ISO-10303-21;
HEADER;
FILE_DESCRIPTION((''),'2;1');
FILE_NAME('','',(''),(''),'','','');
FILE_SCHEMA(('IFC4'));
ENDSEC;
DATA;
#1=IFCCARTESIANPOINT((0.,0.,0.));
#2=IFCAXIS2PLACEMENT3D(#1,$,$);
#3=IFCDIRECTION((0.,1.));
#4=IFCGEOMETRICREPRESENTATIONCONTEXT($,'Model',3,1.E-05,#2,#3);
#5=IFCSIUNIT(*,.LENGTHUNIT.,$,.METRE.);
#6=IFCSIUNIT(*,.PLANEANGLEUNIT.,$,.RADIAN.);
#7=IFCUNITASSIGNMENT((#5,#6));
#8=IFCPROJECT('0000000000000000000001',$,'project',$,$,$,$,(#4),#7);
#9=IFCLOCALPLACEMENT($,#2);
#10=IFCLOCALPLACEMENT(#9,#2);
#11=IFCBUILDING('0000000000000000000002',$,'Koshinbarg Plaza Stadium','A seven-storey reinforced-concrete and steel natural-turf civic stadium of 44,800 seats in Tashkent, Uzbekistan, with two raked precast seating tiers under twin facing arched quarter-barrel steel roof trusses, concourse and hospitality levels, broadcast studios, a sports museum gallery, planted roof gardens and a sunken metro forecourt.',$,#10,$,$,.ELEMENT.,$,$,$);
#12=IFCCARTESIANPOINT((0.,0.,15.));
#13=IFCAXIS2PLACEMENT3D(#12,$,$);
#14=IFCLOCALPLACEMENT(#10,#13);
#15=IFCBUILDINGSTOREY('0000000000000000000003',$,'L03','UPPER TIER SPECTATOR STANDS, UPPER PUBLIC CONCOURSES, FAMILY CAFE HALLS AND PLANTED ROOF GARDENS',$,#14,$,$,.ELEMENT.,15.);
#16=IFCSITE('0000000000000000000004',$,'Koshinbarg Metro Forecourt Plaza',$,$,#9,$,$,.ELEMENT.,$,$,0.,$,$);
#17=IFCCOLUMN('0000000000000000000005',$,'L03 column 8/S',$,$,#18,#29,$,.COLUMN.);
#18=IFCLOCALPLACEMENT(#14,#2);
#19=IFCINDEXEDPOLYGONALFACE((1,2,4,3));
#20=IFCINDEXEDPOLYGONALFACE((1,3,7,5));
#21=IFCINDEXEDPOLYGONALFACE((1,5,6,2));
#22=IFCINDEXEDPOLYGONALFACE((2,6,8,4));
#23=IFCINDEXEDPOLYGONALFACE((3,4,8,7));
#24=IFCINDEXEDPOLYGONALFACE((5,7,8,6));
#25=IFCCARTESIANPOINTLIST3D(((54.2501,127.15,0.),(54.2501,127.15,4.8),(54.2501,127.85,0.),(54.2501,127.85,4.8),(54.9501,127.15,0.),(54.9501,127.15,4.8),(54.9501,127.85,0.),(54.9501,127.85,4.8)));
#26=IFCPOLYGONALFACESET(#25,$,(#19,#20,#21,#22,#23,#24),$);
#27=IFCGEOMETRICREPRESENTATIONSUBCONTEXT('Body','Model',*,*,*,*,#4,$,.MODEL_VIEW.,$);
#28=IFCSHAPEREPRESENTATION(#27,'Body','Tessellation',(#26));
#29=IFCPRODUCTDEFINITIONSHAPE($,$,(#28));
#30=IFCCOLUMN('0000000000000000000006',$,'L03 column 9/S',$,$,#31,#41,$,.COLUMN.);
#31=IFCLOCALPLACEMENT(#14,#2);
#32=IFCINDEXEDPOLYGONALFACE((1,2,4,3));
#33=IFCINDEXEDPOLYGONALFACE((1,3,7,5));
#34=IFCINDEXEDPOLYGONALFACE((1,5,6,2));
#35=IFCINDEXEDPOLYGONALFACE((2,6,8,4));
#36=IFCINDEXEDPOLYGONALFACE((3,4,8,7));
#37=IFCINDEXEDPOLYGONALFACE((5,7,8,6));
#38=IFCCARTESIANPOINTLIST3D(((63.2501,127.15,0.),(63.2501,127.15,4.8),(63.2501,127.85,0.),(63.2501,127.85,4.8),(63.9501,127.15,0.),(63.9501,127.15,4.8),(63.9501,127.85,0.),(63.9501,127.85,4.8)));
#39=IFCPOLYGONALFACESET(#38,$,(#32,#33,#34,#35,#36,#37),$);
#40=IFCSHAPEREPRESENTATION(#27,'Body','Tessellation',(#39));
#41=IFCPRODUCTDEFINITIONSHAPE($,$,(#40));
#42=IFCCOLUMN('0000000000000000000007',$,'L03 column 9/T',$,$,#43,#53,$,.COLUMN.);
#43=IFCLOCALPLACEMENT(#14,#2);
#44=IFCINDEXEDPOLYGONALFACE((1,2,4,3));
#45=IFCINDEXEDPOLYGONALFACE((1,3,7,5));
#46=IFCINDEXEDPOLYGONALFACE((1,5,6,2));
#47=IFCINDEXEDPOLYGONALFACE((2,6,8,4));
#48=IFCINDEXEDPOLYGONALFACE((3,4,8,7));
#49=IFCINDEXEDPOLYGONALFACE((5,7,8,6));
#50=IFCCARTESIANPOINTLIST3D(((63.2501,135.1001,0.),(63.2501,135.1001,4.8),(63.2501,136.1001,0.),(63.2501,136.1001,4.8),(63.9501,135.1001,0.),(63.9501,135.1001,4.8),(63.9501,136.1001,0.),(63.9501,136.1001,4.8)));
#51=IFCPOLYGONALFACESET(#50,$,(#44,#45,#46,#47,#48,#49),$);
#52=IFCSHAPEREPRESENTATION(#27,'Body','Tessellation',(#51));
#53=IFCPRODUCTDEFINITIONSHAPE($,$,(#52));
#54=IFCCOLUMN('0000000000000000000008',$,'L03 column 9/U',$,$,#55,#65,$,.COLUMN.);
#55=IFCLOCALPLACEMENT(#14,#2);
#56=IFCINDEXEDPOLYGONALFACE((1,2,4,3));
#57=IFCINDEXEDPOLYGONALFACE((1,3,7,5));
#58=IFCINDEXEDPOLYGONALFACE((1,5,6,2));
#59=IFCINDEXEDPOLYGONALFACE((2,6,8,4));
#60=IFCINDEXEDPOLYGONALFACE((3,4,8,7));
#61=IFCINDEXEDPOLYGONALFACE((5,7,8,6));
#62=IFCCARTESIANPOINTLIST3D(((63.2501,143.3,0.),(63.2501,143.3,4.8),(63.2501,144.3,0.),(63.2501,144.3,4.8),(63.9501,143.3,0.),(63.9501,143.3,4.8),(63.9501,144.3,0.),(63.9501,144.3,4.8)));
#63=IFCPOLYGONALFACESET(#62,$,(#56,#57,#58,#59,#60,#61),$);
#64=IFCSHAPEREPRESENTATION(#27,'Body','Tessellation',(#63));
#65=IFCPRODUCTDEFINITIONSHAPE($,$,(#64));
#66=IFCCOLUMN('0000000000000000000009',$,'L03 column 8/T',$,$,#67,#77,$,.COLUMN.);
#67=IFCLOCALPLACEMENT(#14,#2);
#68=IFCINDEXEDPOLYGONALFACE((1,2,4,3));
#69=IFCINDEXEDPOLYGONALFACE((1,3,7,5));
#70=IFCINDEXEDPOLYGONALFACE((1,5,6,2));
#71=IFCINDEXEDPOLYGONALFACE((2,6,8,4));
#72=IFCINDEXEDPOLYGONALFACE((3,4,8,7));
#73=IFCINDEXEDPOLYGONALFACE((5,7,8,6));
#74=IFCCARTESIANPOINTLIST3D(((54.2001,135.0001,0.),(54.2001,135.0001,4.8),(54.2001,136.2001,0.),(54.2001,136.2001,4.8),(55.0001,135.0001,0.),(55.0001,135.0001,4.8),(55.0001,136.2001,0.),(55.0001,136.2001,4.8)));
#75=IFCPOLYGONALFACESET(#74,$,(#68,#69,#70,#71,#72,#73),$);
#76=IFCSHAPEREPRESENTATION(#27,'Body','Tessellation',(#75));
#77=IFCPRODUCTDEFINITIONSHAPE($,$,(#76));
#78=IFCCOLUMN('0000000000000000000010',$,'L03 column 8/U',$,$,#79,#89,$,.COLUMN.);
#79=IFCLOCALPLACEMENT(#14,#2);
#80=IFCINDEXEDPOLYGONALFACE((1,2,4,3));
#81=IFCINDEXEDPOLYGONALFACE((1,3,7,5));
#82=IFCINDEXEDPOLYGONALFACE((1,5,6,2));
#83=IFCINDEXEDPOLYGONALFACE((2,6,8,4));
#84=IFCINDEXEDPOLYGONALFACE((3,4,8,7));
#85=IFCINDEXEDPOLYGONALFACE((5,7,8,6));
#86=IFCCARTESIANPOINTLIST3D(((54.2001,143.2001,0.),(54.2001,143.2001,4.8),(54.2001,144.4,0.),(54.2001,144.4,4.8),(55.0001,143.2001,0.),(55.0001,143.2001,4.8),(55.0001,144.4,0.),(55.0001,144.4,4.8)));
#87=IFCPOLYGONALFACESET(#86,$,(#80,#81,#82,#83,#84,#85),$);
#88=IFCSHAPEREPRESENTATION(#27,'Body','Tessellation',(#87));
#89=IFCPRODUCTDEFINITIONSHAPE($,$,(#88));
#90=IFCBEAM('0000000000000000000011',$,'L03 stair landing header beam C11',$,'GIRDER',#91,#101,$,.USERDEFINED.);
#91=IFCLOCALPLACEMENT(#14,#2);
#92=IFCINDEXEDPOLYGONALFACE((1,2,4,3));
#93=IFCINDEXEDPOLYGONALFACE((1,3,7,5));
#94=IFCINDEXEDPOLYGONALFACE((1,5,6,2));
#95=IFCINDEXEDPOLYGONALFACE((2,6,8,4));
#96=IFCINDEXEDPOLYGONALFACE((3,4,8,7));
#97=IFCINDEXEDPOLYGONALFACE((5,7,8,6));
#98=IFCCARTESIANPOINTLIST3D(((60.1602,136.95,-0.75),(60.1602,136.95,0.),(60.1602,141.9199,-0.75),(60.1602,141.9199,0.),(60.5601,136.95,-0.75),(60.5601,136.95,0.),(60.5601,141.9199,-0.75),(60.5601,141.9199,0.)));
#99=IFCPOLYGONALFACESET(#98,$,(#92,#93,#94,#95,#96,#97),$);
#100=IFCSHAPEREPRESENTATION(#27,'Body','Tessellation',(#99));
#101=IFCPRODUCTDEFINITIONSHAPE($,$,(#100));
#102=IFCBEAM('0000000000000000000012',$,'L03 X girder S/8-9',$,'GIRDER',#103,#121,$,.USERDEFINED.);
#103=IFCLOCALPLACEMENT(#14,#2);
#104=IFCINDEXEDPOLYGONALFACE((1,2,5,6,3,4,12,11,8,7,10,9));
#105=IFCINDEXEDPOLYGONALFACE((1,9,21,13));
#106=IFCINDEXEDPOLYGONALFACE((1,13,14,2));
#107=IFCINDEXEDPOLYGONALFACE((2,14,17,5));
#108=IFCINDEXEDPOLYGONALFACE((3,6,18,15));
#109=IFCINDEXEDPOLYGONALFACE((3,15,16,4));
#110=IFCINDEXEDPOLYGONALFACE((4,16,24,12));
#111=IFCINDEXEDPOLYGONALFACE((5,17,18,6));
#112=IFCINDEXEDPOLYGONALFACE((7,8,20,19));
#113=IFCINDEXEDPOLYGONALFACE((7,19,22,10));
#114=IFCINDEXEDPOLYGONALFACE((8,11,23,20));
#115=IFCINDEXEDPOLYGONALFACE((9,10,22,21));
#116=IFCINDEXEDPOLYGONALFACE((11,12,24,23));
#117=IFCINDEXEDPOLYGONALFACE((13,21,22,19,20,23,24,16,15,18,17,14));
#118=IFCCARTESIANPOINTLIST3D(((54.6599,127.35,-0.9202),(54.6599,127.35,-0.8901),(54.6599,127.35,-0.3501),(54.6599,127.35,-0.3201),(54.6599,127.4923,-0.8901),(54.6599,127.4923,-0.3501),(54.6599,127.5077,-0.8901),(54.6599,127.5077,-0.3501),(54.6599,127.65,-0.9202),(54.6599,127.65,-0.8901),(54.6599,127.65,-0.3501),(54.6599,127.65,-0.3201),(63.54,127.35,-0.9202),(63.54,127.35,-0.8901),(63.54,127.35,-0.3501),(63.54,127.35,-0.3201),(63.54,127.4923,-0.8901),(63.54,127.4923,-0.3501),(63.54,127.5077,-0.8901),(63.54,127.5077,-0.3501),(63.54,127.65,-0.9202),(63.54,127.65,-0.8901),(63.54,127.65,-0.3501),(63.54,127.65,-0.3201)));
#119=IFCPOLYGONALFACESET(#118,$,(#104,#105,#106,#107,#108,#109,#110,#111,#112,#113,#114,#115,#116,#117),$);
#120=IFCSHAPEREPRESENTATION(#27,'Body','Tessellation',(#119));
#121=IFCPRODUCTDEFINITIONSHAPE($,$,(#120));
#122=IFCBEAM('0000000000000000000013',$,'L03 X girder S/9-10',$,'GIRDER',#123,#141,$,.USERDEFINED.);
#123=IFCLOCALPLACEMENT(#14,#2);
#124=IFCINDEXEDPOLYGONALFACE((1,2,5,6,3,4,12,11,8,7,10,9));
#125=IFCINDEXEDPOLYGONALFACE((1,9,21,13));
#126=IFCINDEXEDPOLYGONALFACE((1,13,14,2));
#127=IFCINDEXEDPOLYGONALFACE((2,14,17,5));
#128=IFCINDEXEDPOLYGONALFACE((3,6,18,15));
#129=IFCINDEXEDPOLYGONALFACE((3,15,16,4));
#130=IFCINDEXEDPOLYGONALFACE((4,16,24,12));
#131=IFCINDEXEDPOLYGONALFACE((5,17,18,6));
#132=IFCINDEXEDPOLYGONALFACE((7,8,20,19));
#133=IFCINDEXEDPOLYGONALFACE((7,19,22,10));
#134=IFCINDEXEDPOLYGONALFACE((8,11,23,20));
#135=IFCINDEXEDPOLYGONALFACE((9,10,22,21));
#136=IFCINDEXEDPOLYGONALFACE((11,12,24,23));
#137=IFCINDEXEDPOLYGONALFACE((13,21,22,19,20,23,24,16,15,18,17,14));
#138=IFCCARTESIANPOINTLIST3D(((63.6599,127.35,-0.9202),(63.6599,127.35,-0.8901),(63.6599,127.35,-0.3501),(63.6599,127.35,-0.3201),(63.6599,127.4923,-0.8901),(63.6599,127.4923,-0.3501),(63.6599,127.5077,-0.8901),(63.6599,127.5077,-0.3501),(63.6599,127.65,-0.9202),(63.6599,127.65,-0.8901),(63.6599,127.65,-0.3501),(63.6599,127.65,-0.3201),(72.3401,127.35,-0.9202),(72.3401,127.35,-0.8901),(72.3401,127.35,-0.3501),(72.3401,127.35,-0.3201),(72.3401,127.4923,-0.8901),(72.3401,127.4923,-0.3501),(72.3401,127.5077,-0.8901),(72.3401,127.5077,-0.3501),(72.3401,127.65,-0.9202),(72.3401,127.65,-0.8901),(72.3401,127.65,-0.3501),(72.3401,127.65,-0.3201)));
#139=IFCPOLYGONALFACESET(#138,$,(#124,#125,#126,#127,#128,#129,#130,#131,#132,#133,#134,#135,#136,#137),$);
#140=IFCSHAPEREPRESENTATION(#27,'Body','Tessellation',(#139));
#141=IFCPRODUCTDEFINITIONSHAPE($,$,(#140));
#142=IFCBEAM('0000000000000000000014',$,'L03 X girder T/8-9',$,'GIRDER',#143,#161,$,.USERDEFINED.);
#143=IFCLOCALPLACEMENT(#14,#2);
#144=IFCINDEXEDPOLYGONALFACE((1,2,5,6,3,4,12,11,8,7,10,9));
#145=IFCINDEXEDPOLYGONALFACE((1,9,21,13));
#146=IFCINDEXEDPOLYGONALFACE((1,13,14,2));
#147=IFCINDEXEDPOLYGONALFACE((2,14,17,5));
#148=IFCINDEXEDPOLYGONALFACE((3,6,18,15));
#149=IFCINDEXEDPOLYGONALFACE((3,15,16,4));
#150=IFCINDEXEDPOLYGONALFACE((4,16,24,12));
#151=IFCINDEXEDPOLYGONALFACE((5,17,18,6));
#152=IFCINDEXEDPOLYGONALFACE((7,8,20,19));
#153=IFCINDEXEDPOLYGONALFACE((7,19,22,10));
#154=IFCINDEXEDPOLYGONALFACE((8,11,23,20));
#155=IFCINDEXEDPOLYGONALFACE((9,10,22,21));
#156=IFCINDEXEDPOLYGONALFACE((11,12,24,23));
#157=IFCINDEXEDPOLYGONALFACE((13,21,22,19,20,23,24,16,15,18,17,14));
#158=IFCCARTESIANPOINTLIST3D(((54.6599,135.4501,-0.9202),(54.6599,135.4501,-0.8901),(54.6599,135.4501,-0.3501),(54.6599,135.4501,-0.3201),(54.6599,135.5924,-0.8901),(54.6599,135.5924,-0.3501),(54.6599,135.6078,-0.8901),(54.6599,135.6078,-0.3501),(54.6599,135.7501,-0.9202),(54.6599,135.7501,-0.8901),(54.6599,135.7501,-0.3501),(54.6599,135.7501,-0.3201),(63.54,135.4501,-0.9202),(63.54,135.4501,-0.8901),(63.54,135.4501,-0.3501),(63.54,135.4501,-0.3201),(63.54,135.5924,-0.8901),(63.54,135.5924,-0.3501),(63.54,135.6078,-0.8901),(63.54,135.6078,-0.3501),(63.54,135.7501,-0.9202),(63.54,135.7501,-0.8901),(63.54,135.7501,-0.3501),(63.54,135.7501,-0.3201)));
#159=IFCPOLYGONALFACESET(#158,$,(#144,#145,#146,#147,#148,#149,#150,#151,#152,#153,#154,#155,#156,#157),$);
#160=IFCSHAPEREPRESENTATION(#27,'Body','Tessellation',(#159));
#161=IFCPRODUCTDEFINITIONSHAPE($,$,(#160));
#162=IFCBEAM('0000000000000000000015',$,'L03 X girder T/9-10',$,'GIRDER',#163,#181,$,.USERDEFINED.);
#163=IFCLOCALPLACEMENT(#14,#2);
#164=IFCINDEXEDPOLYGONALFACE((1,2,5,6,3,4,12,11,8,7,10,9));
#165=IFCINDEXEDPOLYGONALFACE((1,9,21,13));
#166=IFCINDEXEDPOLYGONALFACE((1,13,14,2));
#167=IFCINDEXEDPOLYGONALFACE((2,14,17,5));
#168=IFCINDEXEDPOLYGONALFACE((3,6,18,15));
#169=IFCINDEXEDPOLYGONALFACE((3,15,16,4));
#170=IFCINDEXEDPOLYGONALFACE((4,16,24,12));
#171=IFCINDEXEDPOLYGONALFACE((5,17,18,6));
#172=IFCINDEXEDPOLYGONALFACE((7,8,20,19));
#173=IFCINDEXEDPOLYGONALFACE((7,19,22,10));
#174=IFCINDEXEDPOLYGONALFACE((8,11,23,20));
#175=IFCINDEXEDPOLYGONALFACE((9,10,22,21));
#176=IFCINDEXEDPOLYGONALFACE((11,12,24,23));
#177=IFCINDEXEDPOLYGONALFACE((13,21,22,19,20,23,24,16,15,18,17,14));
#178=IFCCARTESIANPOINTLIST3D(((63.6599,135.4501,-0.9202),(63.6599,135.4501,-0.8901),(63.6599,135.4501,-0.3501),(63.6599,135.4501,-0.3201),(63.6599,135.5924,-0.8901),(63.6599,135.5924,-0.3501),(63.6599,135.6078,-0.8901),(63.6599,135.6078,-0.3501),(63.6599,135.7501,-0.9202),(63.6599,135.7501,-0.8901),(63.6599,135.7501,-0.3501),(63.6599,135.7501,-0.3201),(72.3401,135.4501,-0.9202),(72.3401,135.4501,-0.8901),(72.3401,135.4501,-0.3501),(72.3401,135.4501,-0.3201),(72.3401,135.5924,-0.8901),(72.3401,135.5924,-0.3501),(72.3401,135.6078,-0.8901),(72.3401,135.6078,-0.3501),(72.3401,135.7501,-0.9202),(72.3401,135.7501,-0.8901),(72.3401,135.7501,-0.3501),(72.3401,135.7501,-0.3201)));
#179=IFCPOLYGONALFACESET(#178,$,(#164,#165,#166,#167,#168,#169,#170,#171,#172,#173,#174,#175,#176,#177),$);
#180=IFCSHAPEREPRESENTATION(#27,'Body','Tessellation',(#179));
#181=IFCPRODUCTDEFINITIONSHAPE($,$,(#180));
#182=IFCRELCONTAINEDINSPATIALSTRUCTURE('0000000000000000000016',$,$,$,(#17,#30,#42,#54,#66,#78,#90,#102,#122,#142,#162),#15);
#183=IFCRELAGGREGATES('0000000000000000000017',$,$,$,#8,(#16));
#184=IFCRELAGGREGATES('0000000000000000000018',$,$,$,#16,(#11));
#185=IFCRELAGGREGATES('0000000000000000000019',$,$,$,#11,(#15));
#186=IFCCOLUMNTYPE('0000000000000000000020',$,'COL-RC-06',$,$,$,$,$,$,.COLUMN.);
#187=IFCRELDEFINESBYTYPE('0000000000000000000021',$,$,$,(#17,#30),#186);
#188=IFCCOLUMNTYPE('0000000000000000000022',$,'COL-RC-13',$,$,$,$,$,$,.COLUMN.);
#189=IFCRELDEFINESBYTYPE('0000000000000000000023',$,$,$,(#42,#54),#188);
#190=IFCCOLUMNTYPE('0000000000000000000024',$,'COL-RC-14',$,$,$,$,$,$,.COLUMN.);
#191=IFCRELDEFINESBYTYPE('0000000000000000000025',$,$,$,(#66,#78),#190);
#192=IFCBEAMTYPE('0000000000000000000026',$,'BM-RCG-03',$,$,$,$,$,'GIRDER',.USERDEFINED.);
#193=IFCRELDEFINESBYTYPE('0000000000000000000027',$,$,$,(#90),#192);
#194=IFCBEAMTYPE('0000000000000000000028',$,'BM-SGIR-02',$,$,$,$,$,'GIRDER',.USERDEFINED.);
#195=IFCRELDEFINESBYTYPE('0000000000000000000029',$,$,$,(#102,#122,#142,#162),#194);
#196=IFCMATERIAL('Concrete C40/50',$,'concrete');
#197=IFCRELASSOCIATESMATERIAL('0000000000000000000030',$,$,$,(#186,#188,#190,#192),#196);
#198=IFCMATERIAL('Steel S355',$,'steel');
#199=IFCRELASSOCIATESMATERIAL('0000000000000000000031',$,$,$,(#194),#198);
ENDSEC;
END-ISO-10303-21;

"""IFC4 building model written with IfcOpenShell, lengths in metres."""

from ifc_helpers import new_model, si_unit, direction, frame, origin, origin_2d, place, context, subcontext, project, spatial, rectangle, i_section, extrude, material, material_profile, profile_set, type_object, element, save


model = new_model("IFC4")

# Units and contexts
model_context = context("Model", 3, precision=1e-05, world=origin(), true_north=direction((0.0, 1.0)))
body_context = subcontext(model_context, "Body", "Model", "MODEL_VIEW")
ifc_project = project(units=[si_unit("LENGTHUNIT", "METRE"), si_unit("PLANEANGLEUNIT", "RADIAN")], contexts=[model_context])

# Site, building, storey
site_placement = place(None, origin())
site = spatial("IfcSite", under=ifc_project, at=site_placement, Name="Koshinbarg Metro Forecourt Plaza", CompositionType="ELEMENT", RefElevation=0.0)
building_placement = place(site_placement, origin())
building = spatial("IfcBuilding", under=site, at=building_placement, Name="Koshinbarg Plaza Stadium", Description="A seven-storey reinforced-concrete and steel natural-turf civic stadium of 44,800 seats in Tashkent, Uzbekistan, with two raked precast seating tiers under twin facing arched quarter-barrel steel roof trusses, concourse and hospitality levels, broadcast studios, a sports museum gallery, planted roof gardens and a sunken metro forecourt.", CompositionType="ELEMENT")
storey_placement = place(building_placement, frame((0.0, 0.0, 15.0)))
storey = spatial("IfcBuildingStorey", under=building, at=storey_placement, Name="L03", Description="UPPER TIER SPECTATOR STANDS, UPPER PUBLIC CONCOURSES, FAMILY CAFE HALLS AND PLANTED ROOF GARDENS", CompositionType="ELEMENT", Elevation=15.0)

# Columns
ifc_material_1 = material(Name="Concrete C40/50", Category="concrete")
ifc_material_profile_1 = material_profile(ifc_material_1, rectangle(XDim=0.7, YDim=0.7, at=origin_2d()), Name="RC 700x700")
ifc_profile_set_1 = profile_set([ifc_material_profile_1], Name="Concrete C40/50")
column_type_1 = type_object("IfcColumnType", Name="COL-RC-06", PredefinedType="COLUMN", material=ifc_profile_set_1)
for number, where, z_axis, x_axis, name in (
    (1, (54.6001, 127.5, 0.0), (0.0, 0.0, 1.0), (1.0, 0.0, 0.0), "L03 column 8/S"),
    (2, (63.6001, 127.5, 0.0), (0.0, 0.0, 1.0), (1.0, 0.0, 0.0), "L03 column 9/S"),
):
    element("IfcColumn", number, at=place(storey_placement, frame(where, z_axis=z_axis, x_axis=x_axis)), inside=storey, type_object=column_type_1, Name=name, PredefinedType="COLUMN", context=body_context, shape_type="SweptSolid", body=[
        extrude(rectangle(XDim=0.7, YDim=0.7, at=origin_2d()), origin(), (0.0, 0.0, 1.0), 4.8),
    ])
ifc_material_profile_2 = material_profile(ifc_material_1, rectangle(XDim=0.7, YDim=1.0, at=origin_2d()), Name="RC 700x1000")
ifc_profile_set_2 = profile_set([ifc_material_profile_2], Name="Concrete C40/50")
column_type_2 = type_object("IfcColumnType", Name="COL-RC-13", PredefinedType="COLUMN", material=ifc_profile_set_2)
for number, where, z_axis, x_axis, name in (
    (3, (63.6001, 135.6001, 0.0), (0.0, 0.0, 1.0), (1.0, 0.0, 0.0), "L03 column 9/T"),
    (4, (63.6001, 143.8, 0.0), (0.0, 0.0, 1.0), (1.0, 0.0, 0.0), "L03 column 9/U"),
):
    element("IfcColumn", number, at=place(storey_placement, frame(where, z_axis=z_axis, x_axis=x_axis)), inside=storey, type_object=column_type_2, Name=name, PredefinedType="COLUMN", context=body_context, shape_type="SweptSolid", body=[
        extrude(rectangle(XDim=0.7, YDim=1.0, at=origin_2d()), origin(), (0.0, 0.0, 1.0), 4.8),
    ])
ifc_material_profile_3 = material_profile(ifc_material_1, rectangle(XDim=0.8, YDim=1.2, at=origin_2d()), Name="RC 800x1200")
ifc_profile_set_3 = profile_set([ifc_material_profile_3], Name="Concrete C40/50")
column_type_3 = type_object("IfcColumnType", Name="COL-RC-14", PredefinedType="COLUMN", material=ifc_profile_set_3)
for number, where, z_axis, x_axis, name in (
    (5, (54.6001, 135.6001, 0.0), (0.0, 0.0, 1.0), (1.0, 0.0, 0.0), "L03 column 8/T"),
    (6, (54.6001, 143.8, 0.0), (0.0, 0.0, 1.0), (1.0, 0.0, 0.0), "L03 column 8/U"),
):
    element("IfcColumn", number, at=place(storey_placement, frame(where, z_axis=z_axis, x_axis=x_axis)), inside=storey, type_object=column_type_3, Name=name, PredefinedType="COLUMN", context=body_context, shape_type="SweptSolid", body=[
        extrude(rectangle(XDim=0.8, YDim=1.2, at=origin_2d()), origin(), (0.0, 0.0, 1.0), 4.8),
    ])

# Beams
ifc_material_profile_4 = material_profile(ifc_material_1, rectangle(XDim=0.3999, YDim=0.75, at=origin_2d()), Name="RC 400x750")
ifc_profile_set_4 = profile_set([ifc_material_profile_4], Name="Concrete C40/50")
beam_type_1 = type_object("IfcBeamType", Name="BM-RCG-03", ElementType="GIRDER", PredefinedType="USERDEFINED", material=ifc_profile_set_4)
beam_1_placement = place(storey_placement, frame((60.3601, 136.95, -0.375), z_axis=(0.0, 1.0, 0.0), x_axis=(-1.0, 0.0, 0.0)))
element("IfcBeam", 7, at=beam_1_placement, inside=storey, type_object=beam_type_1, Name="L03 stair landing header beam C11", ObjectType="GIRDER", PredefinedType="USERDEFINED", context=body_context, shape_type="SweptSolid", body=[
    extrude(rectangle(XDim=0.3999, YDim=0.75, at=origin_2d()), origin(), (0.0, 0.0, 1.0), 4.97),
])
ifc_material_2 = material(Name="Steel S355", Category="steel")
ifc_material_profile_5 = material_profile(ifc_material_2, i_section(OverallWidth=0.3, OverallDepth=0.6001, WebThickness=0.0154, FlangeThickness=0.03, at=origin_2d()), Name="HEB 600")
ifc_profile_set_5 = profile_set([ifc_material_profile_5], Name="Steel S355")
beam_type_2 = type_object("IfcBeamType", Name="BM-SGIR-02", ElementType="GIRDER", PredefinedType="USERDEFINED", material=ifc_profile_set_5)
beam_2_placement = place(storey_placement, frame((54.6599, 127.5, -0.6201), z_axis=(1.0, 0.0, 0.0), x_axis=(0.0, 1.0, 0.0)))
element("IfcBeam", 8, at=beam_2_placement, inside=storey, type_object=beam_type_2, Name="L03 X girder S/8-9", ObjectType="GIRDER", PredefinedType="USERDEFINED", context=body_context, shape_type="SweptSolid", body=[
    extrude(i_section(OverallWidth=0.3, OverallDepth=0.6001, WebThickness=0.0154, FlangeThickness=0.03, at=origin_2d()), origin(), (0.0, 0.0, 1.0), 8.8801),
])
beam_3_placement = place(storey_placement, frame((63.6599, 127.5, -0.6201), z_axis=(1.0, 0.0, 0.0), x_axis=(0.0, 1.0, 0.0)))
element("IfcBeam", 9, at=beam_3_placement, inside=storey, type_object=beam_type_2, Name="L03 X girder S/9-10", ObjectType="GIRDER", PredefinedType="USERDEFINED", context=body_context, shape_type="SweptSolid", body=[
    extrude(i_section(OverallWidth=0.3, OverallDepth=0.6001, WebThickness=0.0154, FlangeThickness=0.03, at=origin_2d()), origin(), (0.0, 0.0, 1.0), 8.6802),
])
beam_4_placement = place(storey_placement, frame((54.6599, 135.6001, -0.6201), z_axis=(1.0, 0.0, 0.0), x_axis=(0.0, 1.0, 0.0)))
element("IfcBeam", 10, at=beam_4_placement, inside=storey, type_object=beam_type_2, Name="L03 X girder T/8-9", ObjectType="GIRDER", PredefinedType="USERDEFINED", context=body_context, shape_type="SweptSolid", body=[
    extrude(i_section(OverallWidth=0.3, OverallDepth=0.6001, WebThickness=0.0154, FlangeThickness=0.03, at=origin_2d()), origin(), (0.0, 0.0, 1.0), 8.8801),
])
beam_5_placement = place(storey_placement, frame((63.6599, 135.6001, -0.6201), z_axis=(1.0, 0.0, 0.0), x_axis=(0.0, 1.0, 0.0)))
element("IfcBeam", 11, at=beam_5_placement, inside=storey, type_object=beam_type_2, Name="L03 X girder T/9-10", ObjectType="GIRDER", PredefinedType="USERDEFINED", context=body_context, shape_type="SweptSolid", body=[
    extrude(i_section(OverallWidth=0.3, OverallDepth=0.6001, WebThickness=0.0154, FlangeThickness=0.03, at=origin_2d()), origin(), (0.0, 0.0, 1.0), 8.6802),
])

save(model, "model.ifc")
